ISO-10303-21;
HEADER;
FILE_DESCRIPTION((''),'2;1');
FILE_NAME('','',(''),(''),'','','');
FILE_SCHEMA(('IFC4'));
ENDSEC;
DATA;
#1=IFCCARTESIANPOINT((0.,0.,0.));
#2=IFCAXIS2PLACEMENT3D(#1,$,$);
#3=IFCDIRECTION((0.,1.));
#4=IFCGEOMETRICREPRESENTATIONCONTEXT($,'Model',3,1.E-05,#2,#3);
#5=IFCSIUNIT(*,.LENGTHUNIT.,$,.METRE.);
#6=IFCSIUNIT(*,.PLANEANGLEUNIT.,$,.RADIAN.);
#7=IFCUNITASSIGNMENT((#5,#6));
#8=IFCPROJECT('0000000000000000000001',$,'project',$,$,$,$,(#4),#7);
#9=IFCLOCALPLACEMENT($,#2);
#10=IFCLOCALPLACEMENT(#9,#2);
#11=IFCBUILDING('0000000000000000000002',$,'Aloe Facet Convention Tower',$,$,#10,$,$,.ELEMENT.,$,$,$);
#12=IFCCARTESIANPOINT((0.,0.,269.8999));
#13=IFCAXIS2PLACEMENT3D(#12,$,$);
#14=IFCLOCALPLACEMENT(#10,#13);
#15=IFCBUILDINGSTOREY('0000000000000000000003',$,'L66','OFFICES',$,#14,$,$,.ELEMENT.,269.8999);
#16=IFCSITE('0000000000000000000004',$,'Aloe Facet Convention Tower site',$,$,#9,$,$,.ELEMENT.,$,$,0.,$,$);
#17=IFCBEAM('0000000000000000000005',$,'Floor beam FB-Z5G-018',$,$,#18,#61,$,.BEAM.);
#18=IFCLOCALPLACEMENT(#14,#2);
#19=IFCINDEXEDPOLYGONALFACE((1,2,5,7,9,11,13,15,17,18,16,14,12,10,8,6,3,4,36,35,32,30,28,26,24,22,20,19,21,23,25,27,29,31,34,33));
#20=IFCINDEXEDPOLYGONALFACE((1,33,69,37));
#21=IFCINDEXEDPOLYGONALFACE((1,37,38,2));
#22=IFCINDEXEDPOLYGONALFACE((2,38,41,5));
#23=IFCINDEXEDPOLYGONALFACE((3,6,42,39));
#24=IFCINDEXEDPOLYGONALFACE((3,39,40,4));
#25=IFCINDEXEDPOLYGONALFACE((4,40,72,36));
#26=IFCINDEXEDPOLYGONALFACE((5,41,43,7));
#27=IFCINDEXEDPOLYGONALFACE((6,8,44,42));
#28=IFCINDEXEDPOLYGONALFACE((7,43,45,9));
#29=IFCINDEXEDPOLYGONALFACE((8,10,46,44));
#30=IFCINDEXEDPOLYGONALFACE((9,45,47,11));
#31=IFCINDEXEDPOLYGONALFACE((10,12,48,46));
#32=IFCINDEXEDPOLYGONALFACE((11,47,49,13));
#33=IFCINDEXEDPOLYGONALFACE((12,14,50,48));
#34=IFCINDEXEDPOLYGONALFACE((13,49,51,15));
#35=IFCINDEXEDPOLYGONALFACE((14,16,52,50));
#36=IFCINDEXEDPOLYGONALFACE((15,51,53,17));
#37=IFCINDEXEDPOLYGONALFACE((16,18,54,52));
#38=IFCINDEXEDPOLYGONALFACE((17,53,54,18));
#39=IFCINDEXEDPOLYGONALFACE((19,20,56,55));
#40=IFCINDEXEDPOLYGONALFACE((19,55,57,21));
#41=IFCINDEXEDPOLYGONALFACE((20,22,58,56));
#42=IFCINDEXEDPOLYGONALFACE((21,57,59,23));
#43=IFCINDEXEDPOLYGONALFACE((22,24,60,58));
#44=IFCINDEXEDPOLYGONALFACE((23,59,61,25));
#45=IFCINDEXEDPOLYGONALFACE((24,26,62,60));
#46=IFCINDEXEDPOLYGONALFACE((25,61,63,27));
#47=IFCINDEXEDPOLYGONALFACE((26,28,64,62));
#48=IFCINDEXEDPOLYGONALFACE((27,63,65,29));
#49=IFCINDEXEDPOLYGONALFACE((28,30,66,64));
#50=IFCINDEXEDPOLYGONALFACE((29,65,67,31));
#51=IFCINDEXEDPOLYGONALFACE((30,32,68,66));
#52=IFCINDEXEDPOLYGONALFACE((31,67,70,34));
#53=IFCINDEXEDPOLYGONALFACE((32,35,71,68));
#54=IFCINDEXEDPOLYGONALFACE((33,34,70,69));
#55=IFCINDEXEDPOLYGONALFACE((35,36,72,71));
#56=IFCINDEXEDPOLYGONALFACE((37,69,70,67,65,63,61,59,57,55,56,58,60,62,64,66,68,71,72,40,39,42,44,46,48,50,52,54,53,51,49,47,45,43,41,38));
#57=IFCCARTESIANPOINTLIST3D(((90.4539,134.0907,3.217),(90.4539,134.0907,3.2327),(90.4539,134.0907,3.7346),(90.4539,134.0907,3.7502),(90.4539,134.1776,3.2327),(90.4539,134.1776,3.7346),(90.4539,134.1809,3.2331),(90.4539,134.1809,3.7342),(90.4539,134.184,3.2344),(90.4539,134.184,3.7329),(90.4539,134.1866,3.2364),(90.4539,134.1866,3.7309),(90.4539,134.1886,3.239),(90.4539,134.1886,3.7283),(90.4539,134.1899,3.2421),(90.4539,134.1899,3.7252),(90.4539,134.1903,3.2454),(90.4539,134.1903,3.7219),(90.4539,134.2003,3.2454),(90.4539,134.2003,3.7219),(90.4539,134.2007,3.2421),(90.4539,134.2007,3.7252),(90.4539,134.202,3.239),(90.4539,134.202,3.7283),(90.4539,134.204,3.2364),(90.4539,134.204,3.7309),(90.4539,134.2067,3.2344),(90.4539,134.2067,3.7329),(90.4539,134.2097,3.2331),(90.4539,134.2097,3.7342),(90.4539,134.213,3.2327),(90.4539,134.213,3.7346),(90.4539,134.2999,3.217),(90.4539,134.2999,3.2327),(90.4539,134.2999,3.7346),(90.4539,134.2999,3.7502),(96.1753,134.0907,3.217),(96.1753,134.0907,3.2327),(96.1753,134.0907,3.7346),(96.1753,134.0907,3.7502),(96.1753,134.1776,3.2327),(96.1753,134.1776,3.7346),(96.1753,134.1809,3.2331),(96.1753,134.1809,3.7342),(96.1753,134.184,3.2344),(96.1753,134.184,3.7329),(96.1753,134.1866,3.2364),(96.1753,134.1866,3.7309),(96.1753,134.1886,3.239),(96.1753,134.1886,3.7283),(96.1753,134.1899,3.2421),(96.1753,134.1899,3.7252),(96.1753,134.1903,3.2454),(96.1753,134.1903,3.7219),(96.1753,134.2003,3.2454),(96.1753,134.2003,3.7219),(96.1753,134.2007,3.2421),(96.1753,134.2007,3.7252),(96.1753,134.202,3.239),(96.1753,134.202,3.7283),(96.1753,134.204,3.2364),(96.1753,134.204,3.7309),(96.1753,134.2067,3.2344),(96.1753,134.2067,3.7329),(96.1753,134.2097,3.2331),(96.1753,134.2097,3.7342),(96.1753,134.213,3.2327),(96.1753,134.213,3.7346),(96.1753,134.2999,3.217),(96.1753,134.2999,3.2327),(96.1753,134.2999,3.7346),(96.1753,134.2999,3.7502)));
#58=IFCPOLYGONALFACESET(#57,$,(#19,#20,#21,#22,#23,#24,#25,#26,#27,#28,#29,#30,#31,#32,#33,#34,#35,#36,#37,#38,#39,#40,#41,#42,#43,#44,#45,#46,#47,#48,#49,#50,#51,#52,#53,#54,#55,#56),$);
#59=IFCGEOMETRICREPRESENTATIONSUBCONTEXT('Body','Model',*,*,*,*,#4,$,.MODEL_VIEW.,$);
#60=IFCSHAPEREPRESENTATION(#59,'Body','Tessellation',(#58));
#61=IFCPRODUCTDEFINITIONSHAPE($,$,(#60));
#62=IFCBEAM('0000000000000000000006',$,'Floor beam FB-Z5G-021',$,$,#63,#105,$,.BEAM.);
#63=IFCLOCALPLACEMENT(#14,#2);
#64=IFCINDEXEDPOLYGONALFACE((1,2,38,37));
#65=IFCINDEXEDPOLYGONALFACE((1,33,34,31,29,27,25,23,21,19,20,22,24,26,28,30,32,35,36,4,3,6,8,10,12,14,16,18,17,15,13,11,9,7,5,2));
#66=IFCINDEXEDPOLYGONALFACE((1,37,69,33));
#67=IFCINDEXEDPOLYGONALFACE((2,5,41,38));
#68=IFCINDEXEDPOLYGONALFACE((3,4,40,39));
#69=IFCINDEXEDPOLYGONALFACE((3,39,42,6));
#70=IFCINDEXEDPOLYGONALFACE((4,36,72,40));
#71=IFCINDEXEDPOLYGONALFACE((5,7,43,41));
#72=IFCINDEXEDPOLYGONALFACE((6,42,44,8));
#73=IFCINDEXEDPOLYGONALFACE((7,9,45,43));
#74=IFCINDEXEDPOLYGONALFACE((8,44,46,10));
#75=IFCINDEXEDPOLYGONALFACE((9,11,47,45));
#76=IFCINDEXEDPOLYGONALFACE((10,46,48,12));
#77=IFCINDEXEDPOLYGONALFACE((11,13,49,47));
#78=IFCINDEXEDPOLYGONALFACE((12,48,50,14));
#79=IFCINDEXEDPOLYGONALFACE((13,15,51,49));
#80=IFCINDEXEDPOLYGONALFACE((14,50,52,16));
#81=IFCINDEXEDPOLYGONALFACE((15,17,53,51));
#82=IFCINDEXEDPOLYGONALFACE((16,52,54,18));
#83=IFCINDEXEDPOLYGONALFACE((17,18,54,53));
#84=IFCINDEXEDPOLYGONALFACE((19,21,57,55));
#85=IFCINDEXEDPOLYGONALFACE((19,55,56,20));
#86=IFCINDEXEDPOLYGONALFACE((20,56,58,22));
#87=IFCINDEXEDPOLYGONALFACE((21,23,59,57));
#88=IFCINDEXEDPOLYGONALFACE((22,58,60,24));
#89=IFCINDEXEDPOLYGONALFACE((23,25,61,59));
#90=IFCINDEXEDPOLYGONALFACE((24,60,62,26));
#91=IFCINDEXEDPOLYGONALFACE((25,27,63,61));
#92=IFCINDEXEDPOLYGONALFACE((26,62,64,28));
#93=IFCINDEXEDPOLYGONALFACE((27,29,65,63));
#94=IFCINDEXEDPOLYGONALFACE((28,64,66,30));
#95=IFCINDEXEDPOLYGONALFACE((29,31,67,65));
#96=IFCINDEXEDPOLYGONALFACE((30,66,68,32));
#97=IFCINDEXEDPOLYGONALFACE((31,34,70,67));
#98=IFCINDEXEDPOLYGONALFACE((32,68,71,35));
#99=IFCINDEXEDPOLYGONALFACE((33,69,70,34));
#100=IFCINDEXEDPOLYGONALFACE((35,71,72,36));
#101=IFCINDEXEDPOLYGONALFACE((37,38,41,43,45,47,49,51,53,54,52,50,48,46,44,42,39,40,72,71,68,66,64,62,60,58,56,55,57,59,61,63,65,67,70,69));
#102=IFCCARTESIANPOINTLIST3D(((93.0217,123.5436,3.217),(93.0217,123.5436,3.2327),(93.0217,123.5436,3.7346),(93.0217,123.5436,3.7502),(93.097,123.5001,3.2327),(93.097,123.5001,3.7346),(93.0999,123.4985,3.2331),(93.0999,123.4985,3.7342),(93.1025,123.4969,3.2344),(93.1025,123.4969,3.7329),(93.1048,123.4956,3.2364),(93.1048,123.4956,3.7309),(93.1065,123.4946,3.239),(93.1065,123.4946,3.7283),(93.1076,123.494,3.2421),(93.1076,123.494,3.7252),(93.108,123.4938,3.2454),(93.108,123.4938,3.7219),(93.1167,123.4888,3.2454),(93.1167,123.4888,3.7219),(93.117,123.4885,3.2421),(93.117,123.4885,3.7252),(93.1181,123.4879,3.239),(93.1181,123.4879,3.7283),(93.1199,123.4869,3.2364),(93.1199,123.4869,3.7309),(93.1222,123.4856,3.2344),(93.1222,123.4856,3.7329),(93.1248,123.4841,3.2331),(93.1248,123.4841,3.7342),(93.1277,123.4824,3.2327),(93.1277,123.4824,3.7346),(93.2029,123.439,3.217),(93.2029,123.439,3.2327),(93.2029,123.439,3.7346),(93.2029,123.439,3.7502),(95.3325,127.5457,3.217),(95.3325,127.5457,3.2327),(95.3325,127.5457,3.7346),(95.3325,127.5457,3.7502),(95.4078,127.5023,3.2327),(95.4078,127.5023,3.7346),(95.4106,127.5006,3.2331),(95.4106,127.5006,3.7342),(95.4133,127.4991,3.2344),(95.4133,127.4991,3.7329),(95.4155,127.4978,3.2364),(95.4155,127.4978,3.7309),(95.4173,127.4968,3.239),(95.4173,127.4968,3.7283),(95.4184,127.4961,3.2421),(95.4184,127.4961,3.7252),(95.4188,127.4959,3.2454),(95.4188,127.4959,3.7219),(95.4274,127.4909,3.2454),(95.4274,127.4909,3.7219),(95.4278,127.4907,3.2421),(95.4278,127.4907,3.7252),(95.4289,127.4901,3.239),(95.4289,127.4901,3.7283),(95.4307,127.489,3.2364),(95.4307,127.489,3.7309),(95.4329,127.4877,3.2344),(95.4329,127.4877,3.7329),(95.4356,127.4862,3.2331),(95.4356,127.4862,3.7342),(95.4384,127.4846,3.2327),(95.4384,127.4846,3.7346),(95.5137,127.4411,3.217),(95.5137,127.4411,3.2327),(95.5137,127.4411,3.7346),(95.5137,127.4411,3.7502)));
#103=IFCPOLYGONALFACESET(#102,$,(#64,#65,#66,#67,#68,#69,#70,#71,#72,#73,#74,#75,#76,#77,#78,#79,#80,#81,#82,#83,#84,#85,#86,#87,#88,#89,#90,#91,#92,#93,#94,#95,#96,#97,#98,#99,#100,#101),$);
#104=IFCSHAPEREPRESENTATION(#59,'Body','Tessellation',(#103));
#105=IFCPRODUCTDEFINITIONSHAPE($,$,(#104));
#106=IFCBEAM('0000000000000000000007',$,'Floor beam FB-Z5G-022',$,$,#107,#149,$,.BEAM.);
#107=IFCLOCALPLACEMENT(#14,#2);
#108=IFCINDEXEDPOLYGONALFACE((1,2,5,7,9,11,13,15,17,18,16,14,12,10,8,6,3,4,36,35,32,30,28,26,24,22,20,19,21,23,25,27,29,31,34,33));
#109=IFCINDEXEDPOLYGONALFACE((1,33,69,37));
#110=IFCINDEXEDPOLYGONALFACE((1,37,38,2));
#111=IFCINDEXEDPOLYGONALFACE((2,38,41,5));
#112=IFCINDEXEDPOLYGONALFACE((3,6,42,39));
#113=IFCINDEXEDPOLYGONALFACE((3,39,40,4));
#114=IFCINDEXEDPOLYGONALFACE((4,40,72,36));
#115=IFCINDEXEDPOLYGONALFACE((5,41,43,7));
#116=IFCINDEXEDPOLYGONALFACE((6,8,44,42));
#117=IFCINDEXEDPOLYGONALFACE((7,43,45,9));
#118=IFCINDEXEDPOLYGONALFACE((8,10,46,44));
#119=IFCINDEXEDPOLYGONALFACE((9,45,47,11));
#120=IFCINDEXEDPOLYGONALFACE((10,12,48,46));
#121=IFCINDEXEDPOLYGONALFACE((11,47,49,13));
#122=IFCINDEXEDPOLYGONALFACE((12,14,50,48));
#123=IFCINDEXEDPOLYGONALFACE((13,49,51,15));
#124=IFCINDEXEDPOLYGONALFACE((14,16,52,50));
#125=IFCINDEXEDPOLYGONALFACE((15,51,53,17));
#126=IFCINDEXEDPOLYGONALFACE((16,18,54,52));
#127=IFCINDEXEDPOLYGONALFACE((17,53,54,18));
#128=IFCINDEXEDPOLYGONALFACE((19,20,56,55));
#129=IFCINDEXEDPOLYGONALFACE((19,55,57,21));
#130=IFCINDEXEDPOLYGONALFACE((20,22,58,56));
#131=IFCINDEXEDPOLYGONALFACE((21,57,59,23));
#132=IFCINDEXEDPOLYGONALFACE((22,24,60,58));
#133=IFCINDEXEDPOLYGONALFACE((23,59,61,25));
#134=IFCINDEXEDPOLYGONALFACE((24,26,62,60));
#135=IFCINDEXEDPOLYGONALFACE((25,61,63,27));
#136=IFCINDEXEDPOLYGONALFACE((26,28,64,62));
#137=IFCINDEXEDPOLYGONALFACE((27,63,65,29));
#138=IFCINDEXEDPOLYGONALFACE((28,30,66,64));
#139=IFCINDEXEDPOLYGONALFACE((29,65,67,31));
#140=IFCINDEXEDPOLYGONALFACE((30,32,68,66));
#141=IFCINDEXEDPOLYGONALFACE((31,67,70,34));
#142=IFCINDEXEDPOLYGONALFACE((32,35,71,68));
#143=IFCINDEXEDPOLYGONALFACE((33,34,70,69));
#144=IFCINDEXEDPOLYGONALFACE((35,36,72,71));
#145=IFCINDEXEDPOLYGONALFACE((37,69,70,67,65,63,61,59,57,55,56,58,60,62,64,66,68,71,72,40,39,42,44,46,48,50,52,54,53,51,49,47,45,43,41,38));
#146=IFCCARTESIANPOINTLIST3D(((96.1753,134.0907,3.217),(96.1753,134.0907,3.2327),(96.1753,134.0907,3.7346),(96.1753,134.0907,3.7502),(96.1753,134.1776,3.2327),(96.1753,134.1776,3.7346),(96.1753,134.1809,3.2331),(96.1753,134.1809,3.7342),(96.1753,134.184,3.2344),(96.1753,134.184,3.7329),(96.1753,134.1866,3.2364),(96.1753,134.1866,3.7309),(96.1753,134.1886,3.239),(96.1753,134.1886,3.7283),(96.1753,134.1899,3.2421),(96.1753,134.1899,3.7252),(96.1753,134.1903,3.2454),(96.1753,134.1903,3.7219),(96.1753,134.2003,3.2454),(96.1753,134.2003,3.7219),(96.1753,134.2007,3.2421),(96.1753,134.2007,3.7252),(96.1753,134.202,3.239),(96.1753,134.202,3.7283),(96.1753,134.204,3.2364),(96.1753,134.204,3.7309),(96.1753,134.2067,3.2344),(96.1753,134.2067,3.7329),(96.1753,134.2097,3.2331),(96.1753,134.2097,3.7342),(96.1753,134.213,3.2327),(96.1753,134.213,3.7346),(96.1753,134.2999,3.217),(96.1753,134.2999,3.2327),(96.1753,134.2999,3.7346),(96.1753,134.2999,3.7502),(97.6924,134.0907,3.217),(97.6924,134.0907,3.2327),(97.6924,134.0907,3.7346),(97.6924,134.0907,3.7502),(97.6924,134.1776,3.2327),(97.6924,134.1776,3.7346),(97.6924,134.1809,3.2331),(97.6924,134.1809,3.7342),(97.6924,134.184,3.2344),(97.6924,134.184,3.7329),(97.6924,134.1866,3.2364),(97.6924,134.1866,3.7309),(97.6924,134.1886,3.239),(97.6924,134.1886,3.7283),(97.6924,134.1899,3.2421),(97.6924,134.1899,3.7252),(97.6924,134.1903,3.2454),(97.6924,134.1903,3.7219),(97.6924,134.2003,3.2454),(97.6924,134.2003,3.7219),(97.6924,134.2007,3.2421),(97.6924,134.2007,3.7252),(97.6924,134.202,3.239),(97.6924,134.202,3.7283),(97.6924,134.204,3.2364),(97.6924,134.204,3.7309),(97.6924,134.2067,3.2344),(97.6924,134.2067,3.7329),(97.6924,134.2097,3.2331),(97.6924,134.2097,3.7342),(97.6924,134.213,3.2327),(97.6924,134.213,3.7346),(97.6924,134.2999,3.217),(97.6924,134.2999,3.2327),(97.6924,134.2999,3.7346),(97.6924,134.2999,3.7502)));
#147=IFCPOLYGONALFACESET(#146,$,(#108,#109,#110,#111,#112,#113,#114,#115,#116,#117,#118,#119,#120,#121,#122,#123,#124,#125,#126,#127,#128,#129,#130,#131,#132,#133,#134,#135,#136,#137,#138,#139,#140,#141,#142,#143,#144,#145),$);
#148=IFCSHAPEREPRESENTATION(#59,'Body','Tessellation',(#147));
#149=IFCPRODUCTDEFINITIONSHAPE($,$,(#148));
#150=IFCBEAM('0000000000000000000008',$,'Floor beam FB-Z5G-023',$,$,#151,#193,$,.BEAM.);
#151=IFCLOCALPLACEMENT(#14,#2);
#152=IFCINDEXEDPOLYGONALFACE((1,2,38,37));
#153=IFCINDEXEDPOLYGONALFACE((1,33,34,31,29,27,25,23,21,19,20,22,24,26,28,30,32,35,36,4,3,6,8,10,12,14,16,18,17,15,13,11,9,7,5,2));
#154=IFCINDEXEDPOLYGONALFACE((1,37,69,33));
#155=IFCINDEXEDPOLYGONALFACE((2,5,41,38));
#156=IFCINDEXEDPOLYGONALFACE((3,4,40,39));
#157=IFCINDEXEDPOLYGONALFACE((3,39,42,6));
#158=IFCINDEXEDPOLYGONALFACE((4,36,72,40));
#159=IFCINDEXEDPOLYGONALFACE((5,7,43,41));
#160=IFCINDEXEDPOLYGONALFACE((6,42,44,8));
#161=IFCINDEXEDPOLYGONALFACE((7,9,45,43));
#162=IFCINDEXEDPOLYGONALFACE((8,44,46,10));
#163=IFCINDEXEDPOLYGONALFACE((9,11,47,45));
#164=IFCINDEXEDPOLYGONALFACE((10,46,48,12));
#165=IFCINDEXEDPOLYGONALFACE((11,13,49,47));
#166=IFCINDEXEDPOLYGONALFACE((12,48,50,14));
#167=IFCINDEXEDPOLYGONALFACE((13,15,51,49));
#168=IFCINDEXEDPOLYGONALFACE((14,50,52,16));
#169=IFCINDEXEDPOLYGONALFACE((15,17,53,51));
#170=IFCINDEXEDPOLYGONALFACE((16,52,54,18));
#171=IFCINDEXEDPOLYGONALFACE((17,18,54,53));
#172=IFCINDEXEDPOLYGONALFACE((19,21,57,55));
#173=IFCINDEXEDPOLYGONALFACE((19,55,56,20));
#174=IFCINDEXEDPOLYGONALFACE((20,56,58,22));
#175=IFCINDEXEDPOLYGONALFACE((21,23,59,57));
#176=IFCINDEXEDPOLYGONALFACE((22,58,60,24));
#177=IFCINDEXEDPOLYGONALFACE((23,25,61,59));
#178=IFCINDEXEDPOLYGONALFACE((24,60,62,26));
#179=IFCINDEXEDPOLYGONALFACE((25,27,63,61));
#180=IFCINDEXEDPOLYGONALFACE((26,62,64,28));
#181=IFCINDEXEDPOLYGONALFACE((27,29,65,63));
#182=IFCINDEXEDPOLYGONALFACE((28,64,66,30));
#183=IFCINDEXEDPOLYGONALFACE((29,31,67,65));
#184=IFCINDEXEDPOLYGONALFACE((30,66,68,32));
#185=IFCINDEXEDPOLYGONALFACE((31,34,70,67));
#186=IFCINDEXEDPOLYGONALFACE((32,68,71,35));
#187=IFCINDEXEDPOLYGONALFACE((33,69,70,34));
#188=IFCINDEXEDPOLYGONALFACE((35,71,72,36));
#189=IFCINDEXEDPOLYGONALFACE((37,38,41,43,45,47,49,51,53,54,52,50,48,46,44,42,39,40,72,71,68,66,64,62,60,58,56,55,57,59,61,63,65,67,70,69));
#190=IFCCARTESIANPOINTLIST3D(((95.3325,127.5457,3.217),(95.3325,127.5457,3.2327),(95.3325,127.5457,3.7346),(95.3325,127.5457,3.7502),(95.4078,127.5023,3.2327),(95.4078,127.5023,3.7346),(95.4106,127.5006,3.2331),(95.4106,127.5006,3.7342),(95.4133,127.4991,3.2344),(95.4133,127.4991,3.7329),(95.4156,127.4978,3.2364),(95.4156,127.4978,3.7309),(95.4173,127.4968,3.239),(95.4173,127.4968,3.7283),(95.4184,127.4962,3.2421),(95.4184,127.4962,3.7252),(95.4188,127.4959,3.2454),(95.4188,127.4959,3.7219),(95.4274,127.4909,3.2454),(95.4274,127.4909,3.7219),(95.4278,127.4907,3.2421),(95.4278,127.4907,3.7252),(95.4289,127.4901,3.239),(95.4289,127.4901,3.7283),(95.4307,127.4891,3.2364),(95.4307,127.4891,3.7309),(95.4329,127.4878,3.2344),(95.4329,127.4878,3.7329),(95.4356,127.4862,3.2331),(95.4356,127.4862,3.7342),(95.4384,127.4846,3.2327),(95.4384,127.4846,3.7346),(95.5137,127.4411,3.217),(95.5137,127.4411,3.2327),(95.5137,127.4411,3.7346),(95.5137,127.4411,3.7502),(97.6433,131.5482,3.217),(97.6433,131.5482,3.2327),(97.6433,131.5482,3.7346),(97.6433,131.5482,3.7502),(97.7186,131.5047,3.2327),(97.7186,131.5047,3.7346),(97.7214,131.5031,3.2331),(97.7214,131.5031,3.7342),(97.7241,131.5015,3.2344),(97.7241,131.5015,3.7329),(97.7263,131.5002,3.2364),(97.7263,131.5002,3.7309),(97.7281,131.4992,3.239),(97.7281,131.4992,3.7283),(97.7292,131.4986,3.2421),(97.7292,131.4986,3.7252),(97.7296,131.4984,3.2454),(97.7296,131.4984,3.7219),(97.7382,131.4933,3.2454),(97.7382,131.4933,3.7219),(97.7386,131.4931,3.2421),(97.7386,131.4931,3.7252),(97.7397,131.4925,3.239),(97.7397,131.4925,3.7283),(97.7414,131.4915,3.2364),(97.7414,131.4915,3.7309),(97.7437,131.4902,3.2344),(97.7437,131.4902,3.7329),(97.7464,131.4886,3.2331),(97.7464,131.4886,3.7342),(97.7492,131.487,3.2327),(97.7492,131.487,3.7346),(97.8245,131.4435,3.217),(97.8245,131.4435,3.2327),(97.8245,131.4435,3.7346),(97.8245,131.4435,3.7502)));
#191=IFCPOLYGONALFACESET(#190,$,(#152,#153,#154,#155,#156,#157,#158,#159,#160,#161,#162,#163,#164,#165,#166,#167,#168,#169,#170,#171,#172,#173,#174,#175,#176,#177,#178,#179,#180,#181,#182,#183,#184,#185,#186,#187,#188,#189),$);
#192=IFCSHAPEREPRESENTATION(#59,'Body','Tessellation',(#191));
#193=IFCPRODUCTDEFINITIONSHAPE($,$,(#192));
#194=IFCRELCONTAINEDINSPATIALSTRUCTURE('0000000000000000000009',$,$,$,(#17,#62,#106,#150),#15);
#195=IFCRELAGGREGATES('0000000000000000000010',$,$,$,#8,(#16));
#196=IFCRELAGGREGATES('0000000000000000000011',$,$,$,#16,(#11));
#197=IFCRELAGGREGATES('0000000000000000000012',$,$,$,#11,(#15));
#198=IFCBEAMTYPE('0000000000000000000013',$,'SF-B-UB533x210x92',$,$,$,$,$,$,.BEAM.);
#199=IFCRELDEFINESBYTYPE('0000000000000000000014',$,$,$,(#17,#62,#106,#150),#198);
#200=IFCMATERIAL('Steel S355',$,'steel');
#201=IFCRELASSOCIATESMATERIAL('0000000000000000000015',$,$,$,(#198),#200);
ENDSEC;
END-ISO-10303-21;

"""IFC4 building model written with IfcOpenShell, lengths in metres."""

from ifc_helpers import new_model, si_unit, direction, frame, origin, origin_2d, place, context, subcontext, project, spatial, i_section, extrude, material, material_profile, profile_set, type_object, element, save


model = new_model("IFC4")

# Units and contexts
model_context = context("Model", 3, precision=1e-05, world=origin(), true_north=direction((0.0, 1.0)))
body_context = subcontext(model_context, "Body", "Model", "MODEL_VIEW")
ifc_project = project(units=[si_unit("LENGTHUNIT", "METRE"), si_unit("PLANEANGLEUNIT", "RADIAN")], contexts=[model_context])

# Site, building, storey
site_placement = place(None, origin())
site = spatial("IfcSite", under=ifc_project, at=site_placement, Name="Aloe Facet Convention Tower site", CompositionType="ELEMENT", RefElevation=0.0)
building_placement = place(site_placement, origin())
building = spatial("IfcBuilding", under=site, at=building_placement, Name="Aloe Facet Convention Tower", CompositionType="ELEMENT")
storey_placement = place(building_placement, frame((0.0, 0.0, 269.8999)))
storey = spatial("IfcBuildingStorey", under=building, at=storey_placement, Name="L66", Description="OFFICES", CompositionType="ELEMENT", Elevation=269.8999)

# Beams
ifc_material_1 = material(Name="Steel S355", Category="steel")
ifc_material_profile_1 = material_profile(ifc_material_1, i_section(OverallWidth=0.2092, OverallDepth=0.5332, WebThickness=0.01, FlangeThickness=0.0156, FilletRadius=0.0127, at=origin_2d()), Name="UB 533x210x92")
ifc_profile_set_1 = profile_set([ifc_material_profile_1], Name="Steel S355")
beam_type_1 = type_object("IfcBeamType", Name="SF-B-UB533x210x92", PredefinedType="BEAM", material=ifc_profile_set_1)
beam_1_placement = place(storey_placement, frame((90.4539, 134.1953, 3.4836), z_axis=(1.0, 0.0, 0.0), x_axis=(0.0, 1.0, 0.0)))
element("IfcBeam", 1, at=beam_1_placement, inside=storey, type_object=beam_type_1, Name="Floor beam FB-Z5G-018", PredefinedType="BEAM", context=body_context, shape_type="SweptSolid", body=[
    extrude(i_section(OverallWidth=0.2092, OverallDepth=0.5332, WebThickness=0.01, FlangeThickness=0.0156, FilletRadius=0.0127, at=origin_2d()), origin(), (0.0, 0.0, 1.0), 5.7214),
])
beam_2_placement = place(storey_placement, frame((95.4231, 127.4934, 3.4836), z_axis=(-0.50002, -0.866014, 0.0), x_axis=(0.866014, -0.50002, 0.0)))
element("IfcBeam", 2, at=beam_2_placement, inside=storey, type_object=beam_type_1, Name="Floor beam FB-Z5G-021", PredefinedType="BEAM", context=body_context, shape_type="SweptSolid", body=[
    extrude(i_section(OverallWidth=0.2092, OverallDepth=0.5332, WebThickness=0.01, FlangeThickness=0.0156, FilletRadius=0.0127, at=origin_2d()), origin(), (0.0, 0.0, 1.0), 4.6213),
])
beam_3_placement = place(storey_placement, frame((96.1753, 134.1953, 3.4836), z_axis=(1.0, 0.0, 0.0), x_axis=(0.0, 1.0, 0.0)))
element("IfcBeam", 3, at=beam_3_placement, inside=storey, type_object=beam_type_1, Name="Floor beam FB-Z5G-022", PredefinedType="BEAM", context=body_context, shape_type="SweptSolid", body=[
    extrude(i_section(OverallWidth=0.2092, OverallDepth=0.5332, WebThickness=0.01, FlangeThickness=0.0156, FilletRadius=0.0127, at=origin_2d()), origin(), (0.0, 0.0, 1.0), 1.5171),
])
beam_4_placement = place(storey_placement, frame((97.7339, 131.4958, 3.4836), z_axis=(-0.499997, -0.866027, 0.0), x_axis=(0.866027, -0.499997, 0.0)))
element("IfcBeam", 4, at=beam_4_placement, inside=storey, type_object=beam_type_1, Name="Floor beam FB-Z5G-023", PredefinedType="BEAM", context=body_context, shape_type="SweptSolid", body=[
    extrude(i_section(OverallWidth=0.2092, OverallDepth=0.5332, WebThickness=0.01, FlangeThickness=0.0156, FilletRadius=0.0127, at=origin_2d()), origin(), (0.0, 0.0, 1.0), 4.6216),
])

save(model, "model.ifc")
